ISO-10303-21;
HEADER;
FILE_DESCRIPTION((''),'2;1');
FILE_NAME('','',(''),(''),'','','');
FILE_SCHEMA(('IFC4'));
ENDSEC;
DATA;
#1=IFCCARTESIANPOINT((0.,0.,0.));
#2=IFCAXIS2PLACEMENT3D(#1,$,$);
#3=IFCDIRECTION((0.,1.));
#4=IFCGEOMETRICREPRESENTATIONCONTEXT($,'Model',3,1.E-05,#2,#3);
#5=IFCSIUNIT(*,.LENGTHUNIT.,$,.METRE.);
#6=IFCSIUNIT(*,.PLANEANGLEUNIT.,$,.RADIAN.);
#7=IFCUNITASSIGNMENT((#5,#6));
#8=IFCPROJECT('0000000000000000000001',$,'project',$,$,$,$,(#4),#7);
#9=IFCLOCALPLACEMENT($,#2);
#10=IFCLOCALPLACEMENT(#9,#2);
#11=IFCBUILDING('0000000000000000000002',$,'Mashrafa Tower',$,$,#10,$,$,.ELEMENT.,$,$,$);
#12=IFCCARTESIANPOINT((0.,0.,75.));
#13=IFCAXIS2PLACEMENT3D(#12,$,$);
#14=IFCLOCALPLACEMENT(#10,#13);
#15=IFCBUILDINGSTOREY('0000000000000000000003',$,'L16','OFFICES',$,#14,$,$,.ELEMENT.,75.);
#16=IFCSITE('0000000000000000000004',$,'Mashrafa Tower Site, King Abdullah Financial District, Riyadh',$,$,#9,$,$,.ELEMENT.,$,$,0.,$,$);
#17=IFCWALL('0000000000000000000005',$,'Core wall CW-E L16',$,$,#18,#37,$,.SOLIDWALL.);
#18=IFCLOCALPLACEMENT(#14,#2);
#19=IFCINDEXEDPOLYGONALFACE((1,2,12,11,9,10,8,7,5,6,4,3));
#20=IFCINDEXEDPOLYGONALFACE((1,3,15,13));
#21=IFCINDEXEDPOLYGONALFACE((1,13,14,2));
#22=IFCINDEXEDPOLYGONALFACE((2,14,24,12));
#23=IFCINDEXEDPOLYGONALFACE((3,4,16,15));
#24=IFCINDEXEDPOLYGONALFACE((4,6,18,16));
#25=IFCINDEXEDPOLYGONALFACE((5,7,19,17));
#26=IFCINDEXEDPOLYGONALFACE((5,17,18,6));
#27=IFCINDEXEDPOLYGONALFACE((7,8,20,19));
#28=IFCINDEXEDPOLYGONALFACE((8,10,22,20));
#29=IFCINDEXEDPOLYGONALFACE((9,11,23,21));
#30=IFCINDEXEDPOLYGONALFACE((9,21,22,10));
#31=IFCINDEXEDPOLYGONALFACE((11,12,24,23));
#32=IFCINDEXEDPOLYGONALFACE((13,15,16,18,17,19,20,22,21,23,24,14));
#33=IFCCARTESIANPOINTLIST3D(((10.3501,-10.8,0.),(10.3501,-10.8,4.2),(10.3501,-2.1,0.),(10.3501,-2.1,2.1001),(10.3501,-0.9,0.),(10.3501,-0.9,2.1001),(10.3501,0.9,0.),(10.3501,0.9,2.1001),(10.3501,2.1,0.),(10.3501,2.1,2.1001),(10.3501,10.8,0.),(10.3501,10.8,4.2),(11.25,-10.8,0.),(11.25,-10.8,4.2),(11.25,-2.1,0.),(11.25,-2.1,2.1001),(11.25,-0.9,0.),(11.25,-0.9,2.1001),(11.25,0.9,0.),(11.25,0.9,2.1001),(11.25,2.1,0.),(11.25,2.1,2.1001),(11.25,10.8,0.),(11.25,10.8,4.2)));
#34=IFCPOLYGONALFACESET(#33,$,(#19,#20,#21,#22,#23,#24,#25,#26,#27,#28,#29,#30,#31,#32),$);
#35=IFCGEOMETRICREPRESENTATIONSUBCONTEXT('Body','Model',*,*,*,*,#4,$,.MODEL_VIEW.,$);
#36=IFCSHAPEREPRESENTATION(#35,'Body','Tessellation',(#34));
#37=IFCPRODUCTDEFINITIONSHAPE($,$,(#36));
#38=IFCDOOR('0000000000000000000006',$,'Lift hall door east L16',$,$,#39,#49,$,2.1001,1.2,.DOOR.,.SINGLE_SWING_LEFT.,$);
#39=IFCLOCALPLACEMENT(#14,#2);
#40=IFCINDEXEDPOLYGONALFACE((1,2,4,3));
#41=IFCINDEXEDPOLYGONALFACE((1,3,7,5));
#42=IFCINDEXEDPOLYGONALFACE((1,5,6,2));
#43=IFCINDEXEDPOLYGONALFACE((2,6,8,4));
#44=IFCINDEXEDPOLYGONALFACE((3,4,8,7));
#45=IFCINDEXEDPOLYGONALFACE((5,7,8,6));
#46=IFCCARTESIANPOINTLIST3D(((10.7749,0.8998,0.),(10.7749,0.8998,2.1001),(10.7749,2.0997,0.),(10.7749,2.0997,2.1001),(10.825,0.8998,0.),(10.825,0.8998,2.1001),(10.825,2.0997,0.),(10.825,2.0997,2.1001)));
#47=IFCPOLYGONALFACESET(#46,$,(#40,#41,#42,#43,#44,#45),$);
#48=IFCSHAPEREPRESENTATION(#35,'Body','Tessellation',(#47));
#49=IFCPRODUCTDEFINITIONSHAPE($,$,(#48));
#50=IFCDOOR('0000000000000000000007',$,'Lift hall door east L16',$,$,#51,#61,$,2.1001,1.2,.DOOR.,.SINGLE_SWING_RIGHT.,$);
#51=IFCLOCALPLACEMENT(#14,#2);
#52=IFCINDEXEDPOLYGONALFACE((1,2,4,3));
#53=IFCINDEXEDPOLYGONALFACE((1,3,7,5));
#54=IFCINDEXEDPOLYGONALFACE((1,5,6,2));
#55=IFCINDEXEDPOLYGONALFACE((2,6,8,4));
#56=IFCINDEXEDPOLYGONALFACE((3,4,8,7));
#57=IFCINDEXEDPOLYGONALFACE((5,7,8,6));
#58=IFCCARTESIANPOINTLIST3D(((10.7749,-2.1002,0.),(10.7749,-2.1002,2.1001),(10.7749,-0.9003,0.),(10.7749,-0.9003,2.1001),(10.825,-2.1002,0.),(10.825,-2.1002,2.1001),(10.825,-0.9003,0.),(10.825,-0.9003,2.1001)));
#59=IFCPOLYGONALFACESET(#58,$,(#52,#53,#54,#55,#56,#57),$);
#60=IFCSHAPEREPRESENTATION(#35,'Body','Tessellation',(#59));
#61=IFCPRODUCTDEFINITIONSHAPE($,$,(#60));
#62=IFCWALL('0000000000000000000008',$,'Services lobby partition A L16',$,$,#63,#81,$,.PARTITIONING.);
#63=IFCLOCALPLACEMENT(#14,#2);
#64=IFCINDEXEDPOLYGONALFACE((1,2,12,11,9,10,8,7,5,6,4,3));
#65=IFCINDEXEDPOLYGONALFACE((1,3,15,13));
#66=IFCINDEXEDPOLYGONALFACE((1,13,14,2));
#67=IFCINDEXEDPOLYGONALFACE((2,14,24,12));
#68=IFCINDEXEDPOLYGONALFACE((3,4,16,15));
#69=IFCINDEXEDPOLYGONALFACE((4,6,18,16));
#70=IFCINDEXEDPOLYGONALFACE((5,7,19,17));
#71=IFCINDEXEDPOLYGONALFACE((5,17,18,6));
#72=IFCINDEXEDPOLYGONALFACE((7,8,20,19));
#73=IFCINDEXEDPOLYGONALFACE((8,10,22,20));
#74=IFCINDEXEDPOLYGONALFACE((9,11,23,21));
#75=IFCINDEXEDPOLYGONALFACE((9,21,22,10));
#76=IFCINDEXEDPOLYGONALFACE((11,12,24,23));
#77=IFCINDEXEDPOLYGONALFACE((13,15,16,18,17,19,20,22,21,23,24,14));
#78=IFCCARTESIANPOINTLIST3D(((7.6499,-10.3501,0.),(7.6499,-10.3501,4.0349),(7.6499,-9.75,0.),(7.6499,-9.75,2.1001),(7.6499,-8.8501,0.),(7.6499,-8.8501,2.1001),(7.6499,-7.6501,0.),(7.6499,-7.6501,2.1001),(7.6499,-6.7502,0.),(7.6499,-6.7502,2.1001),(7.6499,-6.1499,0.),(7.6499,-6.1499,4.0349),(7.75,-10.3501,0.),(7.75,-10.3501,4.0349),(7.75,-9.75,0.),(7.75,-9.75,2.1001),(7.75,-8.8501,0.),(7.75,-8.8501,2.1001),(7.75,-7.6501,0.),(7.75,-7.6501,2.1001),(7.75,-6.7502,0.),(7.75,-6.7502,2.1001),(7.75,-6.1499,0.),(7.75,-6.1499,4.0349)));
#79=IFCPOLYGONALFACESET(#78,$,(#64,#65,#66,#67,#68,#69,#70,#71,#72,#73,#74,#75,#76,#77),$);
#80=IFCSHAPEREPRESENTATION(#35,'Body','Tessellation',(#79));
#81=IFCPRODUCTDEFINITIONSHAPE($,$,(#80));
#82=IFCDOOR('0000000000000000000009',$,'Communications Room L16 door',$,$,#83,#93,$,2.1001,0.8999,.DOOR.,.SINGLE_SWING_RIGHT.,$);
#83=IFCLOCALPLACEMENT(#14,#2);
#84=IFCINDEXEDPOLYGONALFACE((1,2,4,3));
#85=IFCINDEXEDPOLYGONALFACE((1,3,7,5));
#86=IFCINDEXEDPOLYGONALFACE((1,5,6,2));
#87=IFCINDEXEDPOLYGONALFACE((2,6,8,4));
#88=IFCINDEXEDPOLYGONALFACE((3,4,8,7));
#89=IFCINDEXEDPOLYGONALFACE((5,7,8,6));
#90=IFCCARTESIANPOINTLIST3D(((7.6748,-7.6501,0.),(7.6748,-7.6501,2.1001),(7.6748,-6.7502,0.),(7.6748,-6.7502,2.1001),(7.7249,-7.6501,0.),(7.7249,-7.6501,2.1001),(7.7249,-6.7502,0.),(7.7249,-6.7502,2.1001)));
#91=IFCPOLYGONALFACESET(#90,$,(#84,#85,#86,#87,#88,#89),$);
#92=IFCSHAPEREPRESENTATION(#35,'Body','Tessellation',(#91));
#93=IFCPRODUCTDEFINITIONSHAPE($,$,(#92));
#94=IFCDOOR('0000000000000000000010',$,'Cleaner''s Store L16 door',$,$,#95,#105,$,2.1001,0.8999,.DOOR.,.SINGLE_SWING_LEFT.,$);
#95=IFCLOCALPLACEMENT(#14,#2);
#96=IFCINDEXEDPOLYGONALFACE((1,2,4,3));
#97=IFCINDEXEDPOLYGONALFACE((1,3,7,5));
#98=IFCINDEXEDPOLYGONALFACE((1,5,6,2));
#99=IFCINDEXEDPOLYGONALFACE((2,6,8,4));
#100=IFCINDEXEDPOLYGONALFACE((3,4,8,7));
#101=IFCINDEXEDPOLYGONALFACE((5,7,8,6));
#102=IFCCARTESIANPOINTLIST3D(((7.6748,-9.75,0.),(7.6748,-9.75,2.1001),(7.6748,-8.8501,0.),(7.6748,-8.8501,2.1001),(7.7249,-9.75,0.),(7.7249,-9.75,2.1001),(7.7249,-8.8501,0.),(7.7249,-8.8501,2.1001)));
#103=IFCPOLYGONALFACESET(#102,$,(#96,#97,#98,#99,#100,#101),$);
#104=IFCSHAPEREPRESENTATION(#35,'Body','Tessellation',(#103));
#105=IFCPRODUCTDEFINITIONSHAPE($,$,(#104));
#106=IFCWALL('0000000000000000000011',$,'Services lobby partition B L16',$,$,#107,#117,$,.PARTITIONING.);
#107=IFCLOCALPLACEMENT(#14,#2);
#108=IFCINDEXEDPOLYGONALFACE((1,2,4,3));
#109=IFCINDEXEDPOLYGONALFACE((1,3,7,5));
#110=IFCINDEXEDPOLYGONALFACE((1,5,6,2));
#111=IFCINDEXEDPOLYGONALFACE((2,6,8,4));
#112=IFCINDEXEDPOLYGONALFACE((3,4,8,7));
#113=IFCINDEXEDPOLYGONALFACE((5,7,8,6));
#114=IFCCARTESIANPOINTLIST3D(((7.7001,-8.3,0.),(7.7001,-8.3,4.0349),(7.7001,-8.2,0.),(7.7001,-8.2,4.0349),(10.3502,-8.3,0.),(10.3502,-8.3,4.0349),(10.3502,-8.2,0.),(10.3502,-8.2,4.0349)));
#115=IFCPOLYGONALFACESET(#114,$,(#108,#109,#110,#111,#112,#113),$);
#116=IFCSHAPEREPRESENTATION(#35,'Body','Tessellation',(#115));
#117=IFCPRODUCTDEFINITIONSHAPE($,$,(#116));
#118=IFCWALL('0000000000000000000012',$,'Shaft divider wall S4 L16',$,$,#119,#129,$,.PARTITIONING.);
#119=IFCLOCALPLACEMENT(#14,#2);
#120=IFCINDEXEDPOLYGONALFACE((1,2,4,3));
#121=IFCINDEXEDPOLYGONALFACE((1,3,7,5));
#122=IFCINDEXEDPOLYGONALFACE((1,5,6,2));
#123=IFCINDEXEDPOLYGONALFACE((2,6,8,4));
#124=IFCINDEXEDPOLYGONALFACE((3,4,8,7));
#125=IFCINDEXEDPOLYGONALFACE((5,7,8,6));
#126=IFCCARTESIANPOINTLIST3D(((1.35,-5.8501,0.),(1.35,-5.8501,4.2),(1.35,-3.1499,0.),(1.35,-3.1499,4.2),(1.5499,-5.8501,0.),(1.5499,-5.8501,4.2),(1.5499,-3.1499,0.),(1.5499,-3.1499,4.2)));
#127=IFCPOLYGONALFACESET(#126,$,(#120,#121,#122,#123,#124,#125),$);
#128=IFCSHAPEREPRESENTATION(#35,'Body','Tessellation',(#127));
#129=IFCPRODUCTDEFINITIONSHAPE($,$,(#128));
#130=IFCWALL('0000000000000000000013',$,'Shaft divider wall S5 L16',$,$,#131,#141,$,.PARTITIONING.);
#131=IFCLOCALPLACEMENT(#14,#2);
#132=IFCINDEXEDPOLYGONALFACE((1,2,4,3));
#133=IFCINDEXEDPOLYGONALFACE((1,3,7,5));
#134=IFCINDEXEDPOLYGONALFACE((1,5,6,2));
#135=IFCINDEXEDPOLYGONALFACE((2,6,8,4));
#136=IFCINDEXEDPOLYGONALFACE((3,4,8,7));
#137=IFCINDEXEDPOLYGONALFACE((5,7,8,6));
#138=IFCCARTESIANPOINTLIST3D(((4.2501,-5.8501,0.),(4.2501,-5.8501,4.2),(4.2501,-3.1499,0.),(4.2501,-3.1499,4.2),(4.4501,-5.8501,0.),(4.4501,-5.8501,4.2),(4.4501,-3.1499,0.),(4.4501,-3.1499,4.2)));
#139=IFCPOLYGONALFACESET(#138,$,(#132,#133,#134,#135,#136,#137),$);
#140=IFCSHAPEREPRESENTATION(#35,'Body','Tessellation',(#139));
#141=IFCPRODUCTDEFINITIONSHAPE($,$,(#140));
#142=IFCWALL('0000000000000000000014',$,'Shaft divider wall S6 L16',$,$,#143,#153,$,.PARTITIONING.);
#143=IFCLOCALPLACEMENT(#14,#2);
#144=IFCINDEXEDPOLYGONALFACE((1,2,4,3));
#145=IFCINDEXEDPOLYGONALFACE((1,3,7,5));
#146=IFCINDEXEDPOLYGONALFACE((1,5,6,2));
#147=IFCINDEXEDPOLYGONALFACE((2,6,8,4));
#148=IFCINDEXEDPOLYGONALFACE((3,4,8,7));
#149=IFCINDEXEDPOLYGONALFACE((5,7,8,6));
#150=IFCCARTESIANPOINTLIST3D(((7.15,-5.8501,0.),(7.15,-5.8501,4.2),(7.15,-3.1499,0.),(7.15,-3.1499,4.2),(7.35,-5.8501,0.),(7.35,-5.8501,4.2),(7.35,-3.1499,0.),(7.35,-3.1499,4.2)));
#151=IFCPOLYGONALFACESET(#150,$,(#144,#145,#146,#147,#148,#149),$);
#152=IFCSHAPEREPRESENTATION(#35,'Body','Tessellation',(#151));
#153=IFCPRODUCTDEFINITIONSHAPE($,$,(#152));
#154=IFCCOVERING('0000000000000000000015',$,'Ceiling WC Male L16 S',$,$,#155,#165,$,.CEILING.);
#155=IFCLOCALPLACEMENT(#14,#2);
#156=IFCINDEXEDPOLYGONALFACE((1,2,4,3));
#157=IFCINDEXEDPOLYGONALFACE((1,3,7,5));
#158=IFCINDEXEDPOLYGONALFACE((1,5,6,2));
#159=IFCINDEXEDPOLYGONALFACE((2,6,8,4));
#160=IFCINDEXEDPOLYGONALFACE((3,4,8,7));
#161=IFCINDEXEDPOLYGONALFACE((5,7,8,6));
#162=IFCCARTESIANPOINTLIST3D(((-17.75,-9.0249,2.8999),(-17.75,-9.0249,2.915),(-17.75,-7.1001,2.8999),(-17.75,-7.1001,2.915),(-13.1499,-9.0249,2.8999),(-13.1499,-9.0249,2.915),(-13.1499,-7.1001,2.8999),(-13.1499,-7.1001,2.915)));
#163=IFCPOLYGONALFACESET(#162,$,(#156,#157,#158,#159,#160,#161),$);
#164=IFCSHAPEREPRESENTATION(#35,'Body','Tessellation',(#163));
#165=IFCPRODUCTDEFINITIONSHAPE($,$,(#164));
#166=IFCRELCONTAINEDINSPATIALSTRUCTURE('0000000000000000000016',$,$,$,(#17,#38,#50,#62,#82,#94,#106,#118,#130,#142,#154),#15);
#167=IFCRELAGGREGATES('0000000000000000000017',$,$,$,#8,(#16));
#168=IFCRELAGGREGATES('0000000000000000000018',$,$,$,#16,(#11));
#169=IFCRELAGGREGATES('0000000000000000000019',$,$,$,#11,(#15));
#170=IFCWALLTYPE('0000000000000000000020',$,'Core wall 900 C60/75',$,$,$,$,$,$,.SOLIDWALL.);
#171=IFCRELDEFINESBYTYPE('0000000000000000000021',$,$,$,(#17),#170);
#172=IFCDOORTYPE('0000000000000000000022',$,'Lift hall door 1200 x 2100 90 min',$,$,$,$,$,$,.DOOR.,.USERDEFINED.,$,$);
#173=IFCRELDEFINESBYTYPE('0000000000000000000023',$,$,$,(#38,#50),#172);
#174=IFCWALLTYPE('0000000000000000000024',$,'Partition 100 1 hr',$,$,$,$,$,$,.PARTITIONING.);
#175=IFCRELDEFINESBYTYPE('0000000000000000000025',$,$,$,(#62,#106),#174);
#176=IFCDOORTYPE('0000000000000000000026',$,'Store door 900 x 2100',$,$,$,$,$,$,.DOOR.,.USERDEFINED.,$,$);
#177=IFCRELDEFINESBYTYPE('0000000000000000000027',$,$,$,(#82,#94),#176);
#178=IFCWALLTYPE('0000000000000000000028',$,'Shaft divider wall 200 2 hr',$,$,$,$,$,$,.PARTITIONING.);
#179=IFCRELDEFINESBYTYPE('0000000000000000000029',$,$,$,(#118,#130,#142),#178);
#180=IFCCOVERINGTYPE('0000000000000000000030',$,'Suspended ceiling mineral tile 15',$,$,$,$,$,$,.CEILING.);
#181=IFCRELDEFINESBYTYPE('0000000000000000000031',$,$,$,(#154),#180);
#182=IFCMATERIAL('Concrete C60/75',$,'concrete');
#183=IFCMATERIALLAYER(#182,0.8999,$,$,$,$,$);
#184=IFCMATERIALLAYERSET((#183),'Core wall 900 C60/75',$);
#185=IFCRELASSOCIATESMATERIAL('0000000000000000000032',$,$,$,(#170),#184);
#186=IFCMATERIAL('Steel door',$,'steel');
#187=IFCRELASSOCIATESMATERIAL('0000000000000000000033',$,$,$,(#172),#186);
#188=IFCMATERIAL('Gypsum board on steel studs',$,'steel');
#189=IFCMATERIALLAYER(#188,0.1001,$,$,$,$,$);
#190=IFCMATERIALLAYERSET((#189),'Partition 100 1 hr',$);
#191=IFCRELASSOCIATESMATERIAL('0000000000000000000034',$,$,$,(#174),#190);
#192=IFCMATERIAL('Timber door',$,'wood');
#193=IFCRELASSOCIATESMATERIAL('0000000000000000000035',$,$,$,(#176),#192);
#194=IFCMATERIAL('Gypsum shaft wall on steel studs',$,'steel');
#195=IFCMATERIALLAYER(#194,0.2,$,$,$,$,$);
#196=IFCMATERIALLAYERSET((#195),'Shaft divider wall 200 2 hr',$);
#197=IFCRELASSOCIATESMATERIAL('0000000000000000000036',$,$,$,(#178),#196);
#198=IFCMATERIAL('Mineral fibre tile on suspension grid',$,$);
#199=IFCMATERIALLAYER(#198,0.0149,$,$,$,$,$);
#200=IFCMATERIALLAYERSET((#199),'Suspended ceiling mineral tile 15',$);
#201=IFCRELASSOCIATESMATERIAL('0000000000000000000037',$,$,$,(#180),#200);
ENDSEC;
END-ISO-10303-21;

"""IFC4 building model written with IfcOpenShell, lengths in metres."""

from ifc_helpers import new_model, si_unit, direction, frame, frame_2d, origin, place, context, subcontext, project, spatial, polyline, rectangle, outline, extrude, material, layer, layer_set, type_object, element, fill, save


model = new_model("IFC4")

# Units and contexts
model_context = context("Model", 3, precision=1e-05, world=origin(), true_north=direction((0.0, 1.0)))
body_context = subcontext(model_context, "Body", "Model", "MODEL_VIEW")
ifc_project = project(units=[si_unit("LENGTHUNIT", "METRE"), si_unit("PLANEANGLEUNIT", "RADIAN")], contexts=[model_context])

# Site, building, storey
site_placement = place(None, origin())
site = spatial("IfcSite", under=ifc_project, at=site_placement, Name="Mashrafa Tower Site, King Abdullah Financial District, Riyadh", CompositionType="ELEMENT", RefElevation=0.0)
building_placement = place(site_placement, origin())
building = spatial("IfcBuilding", under=site, at=building_placement, Name="Mashrafa Tower", CompositionType="ELEMENT")
storey_placement = place(building_placement, frame((0.0, 0.0, 75.0)))
storey = spatial("IfcBuildingStorey", under=building, at=storey_placement, Name="L16", Description="OFFICES", CompositionType="ELEMENT", Elevation=75.0)

# Walls, openings, doors
ifc_material_1 = material(Name="Concrete C60/75", Category="concrete")
ifc_layer_1 = layer(ifc_material_1, 0.8999)
ifc_layer_set_1 = layer_set([ifc_layer_1], Name="Core wall 900 C60/75")
wall_type_1 = type_object("IfcWallType", Name="Core wall 900 C60/75", PredefinedType="SOLIDWALL", material=ifc_layer_set_1)
wall_1_placement = place(storey_placement, frame((10.8, -10.8, 0.0), z_axis=(0.0, 0.0, 1.0), x_axis=(0.0, 1.0, 0.0)))
wall_1 = element("IfcWall", 1, at=wall_1_placement, inside=storey, type_object=wall_type_1, Name="Core wall CW-E L16", PredefinedType="SOLIDWALL", context=body_context, shape_type="SweptSolid", body=[
    extrude(rectangle(XDim=21.6001, YDim=0.8999, at=frame_2d((10.8, 0.0))), origin(), (0.0, 0.0, 1.0), 4.2),
])
opening_1_placement = place(wall_1_placement, frame((11.7, 0.0, 0.0)))
opening_1 = element("IfcOpeningElement", 2, at=opening_1_placement, cuts=wall_1, PredefinedType="OPENING", context=body_context, shape_type="SweptSolid", body=[
    extrude(rectangle(XDim=1.2, YDim=2.1001, at=frame_2d((0.6001, 1.05))), frame((0.0, 0.46, 0.0), z_axis=(0.0, -1.0, 0.0), x_axis=(1.0, 0.0, 0.0)), (0.0, 0.0, 1.0), 0.9199),
])
opening_2_placement = place(wall_1_placement, frame((8.7, 0.0, 0.0)))
opening_2 = element("IfcOpeningElement", 3, at=opening_2_placement, cuts=wall_1, PredefinedType="OPENING", context=body_context, shape_type="SweptSolid", body=[
    extrude(rectangle(XDim=1.2, YDim=2.1001, at=frame_2d((0.6001, 1.05))), frame((0.0, 0.46, 0.0), z_axis=(0.0, -1.0, 0.0), x_axis=(1.0, 0.0, 0.0)), (0.0, 0.0, 1.0), 0.9199),
])
ifc_material_2 = material(Name="Steel door", Category="steel")
door_type_1 = type_object("IfcDoorType", Name="Lift hall door 1200 x 2100 90 min", OperationType="USERDEFINED", PredefinedType="DOOR", material=ifc_material_2)
door_1_placement = place(opening_1_placement, frame((1.2, 0.0, 0.0), z_axis=(0.0, 0.0, 1.0), x_axis=(-1.0, 0.0, 0.0)))
door_1 = element("IfcDoor", 4, at=door_1_placement, inside=storey, type_object=door_type_1, Name="Lift hall door east L16", OperationType="SINGLE_SWING_LEFT", OverallHeight=2.1001, OverallWidth=1.2, PredefinedType="DOOR", context=body_context, shape_type="SweptSolid", body=[
    extrude(rectangle(XDim=1.2, YDim=2.1001, at=frame_2d((0.6001, 1.05))), frame((0.0, 0.0249, 0.0), z_axis=(0.0, -1.0, 0.0), x_axis=(1.0, 0.0, 0.0)), (0.0, 0.0, 1.0), 0.05),
])
fill(opening_1, door_1)
door_2_placement = place(opening_2_placement, frame((1.2, 0.0, 0.0), z_axis=(0.0, 0.0, 1.0), x_axis=(-1.0, 0.0, 0.0)))
door_2 = element("IfcDoor", 5, at=door_2_placement, inside=storey, type_object=door_type_1, Name="Lift hall door east L16", OperationType="SINGLE_SWING_RIGHT", OverallHeight=2.1001, OverallWidth=1.2, PredefinedType="DOOR", context=body_context, shape_type="SweptSolid", body=[
    extrude(rectangle(XDim=1.2, YDim=2.1001, at=frame_2d((0.6001, 1.05))), frame((0.0, 0.0249, 0.0), z_axis=(0.0, -1.0, 0.0), x_axis=(1.0, 0.0, 0.0)), (0.0, 0.0, 1.0), 0.05),
])
fill(opening_2, door_2)
ifc_material_3 = material(Name="Gypsum board on steel studs", Category="steel")
ifc_layer_2 = layer(ifc_material_3, 0.1001)
ifc_layer_set_2 = layer_set([ifc_layer_2], Name="Partition 100 1 hr")
wall_type_2 = type_object("IfcWallType", Name="Partition 100 1 hr", PredefinedType="PARTITIONING", material=ifc_layer_set_2)
wall_2_placement = place(storey_placement, frame((7.7, -10.3501, 0.0), z_axis=(0.0, 0.0, 1.0), x_axis=(0.0, 1.0, 0.0)))
wall_2 = element("IfcWall", 6, at=wall_2_placement, inside=storey, type_object=wall_type_2, Name="Services lobby partition A L16", PredefinedType="PARTITIONING", context=body_context, shape_type="SweptSolid", body=[
    extrude(rectangle(XDim=4.2002, YDim=0.1001, at=frame_2d((2.1001, 0.0))), origin(), (0.0, 0.0, 1.0), 4.0349),
])
opening_3_placement = place(wall_2_placement, frame((2.7, 0.0, 0.0)))
opening_3 = element("IfcOpeningElement", 7, at=opening_3_placement, cuts=wall_2, PredefinedType="OPENING", context=body_context, shape_type="SweptSolid", body=[
    extrude(rectangle(XDim=0.8999, YDim=2.1001, at=frame_2d((0.45, 1.05))), frame((0.0, 0.0601, 0.0), z_axis=(0.0, -1.0, 0.0), x_axis=(1.0, 0.0, 0.0)), (0.0, 0.0, 1.0), 0.1201),
])
opening_4_placement = place(wall_2_placement, frame((0.6001, 0.0, 0.0)))
opening_4 = element("IfcOpeningElement", 8, at=opening_4_placement, cuts=wall_2, PredefinedType="OPENING", context=body_context, shape_type="SweptSolid", body=[
    extrude(rectangle(XDim=0.8999, YDim=2.1001, at=frame_2d((0.45, 1.05))), frame((0.0, 0.0601, 0.0), z_axis=(0.0, -1.0, 0.0), x_axis=(1.0, 0.0, 0.0)), (0.0, 0.0, 1.0), 0.1201),
])
ifc_material_4 = material(Name="Timber door", Category="wood")
door_type_2 = type_object("IfcDoorType", Name="Store door 900 x 2100", OperationType="USERDEFINED", PredefinedType="DOOR", material=ifc_material_4)
door_3_placement = place(opening_3_placement, frame((0.8999, 0.0, 0.0), z_axis=(0.0, 0.0, 1.0), x_axis=(-1.0, 0.0, 0.0)))
door_3 = element("IfcDoor", 9, at=door_3_placement, inside=storey, type_object=door_type_2, Name="Communications Room L16 door", OperationType="SINGLE_SWING_RIGHT", OverallHeight=2.1001, OverallWidth=0.8999, PredefinedType="DOOR", context=body_context, shape_type="SweptSolid", body=[
    extrude(rectangle(XDim=0.8999, YDim=2.1001, at=frame_2d((0.45, 1.05))), frame((0.0, 0.0249, 0.0), z_axis=(0.0, -1.0, 0.0), x_axis=(1.0, 0.0, 0.0)), (0.0, 0.0, 1.0), 0.05),
])
fill(opening_3, door_3)
door_4_placement = place(opening_4_placement, frame((0.8999, 0.0, 0.0), z_axis=(0.0, 0.0, 1.0), x_axis=(-1.0, 0.0, 0.0)))
door_4 = element("IfcDoor", 10, at=door_4_placement, inside=storey, type_object=door_type_2, Name="Cleaner's Store L16 door", OperationType="SINGLE_SWING_LEFT", OverallHeight=2.1001, OverallWidth=0.8999, PredefinedType="DOOR", context=body_context, shape_type="SweptSolid", body=[
    extrude(rectangle(XDim=0.8999, YDim=2.1001, at=frame_2d((0.45, 1.05))), frame((0.0, 0.0249, 0.0), z_axis=(0.0, -1.0, 0.0), x_axis=(1.0, 0.0, 0.0)), (0.0, 0.0, 1.0), 0.05),
])
fill(opening_4, door_4)

# Walls
wall_3_placement = place(storey_placement, frame((7.7, -8.25, 0.0), z_axis=(0.0, 0.0, 1.0), x_axis=(1.0, 0.0, 0.0)))
element("IfcWall", 11, at=wall_3_placement, inside=storey, type_object=wall_type_2, Name="Services lobby partition B L16", PredefinedType="PARTITIONING", context=body_context, shape_type="SweptSolid", body=[
    extrude(rectangle(XDim=2.6501, YDim=0.1001, at=frame_2d((1.3252, 0.0))), origin(), (0.0, 0.0, 1.0), 4.0349),
])
ifc_material_5 = material(Name="Gypsum shaft wall on steel studs", Category="steel")
ifc_layer_3 = layer(ifc_material_5, 0.2)
ifc_layer_set_3 = layer_set([ifc_layer_3], Name="Shaft divider wall 200 2 hr")
wall_type_3 = type_object("IfcWallType", Name="Shaft divider wall 200 2 hr", PredefinedType="PARTITIONING", material=ifc_layer_set_3)
for number, where, z_axis, x_axis, name in (
    (12, (1.45, -5.8501, 0.0), (0.0, 0.0, 1.0), (0.0, 1.0, 0.0), "Shaft divider wall S4 L16"),
    (13, (4.3501, -5.8501, 0.0), (0.0, 0.0, 1.0), (0.0, 1.0, 0.0), "Shaft divider wall S5 L16"),
    (14, (7.25, -5.8501, 0.0), (0.0, 0.0, 1.0), (0.0, 1.0, 0.0), "Shaft divider wall S6 L16"),
):
    element("IfcWall", number, at=place(storey_placement, frame(where, z_axis=z_axis, x_axis=x_axis)), inside=storey, type_object=wall_type_3, Name=name, PredefinedType="PARTITIONING", context=body_context, shape_type="SweptSolid", body=[
        extrude(rectangle(XDim=2.7002, YDim=0.2, at=frame_2d((1.3501, 0.0))), origin(), (0.0, 0.0, 1.0), 4.2),
    ])

# Covering
ifc_material_6 = material(Name="Mineral fibre tile on suspension grid")
ifc_layer_4 = layer(ifc_material_6, 0.0149)
ifc_layer_set_4 = layer_set([ifc_layer_4], Name="Suspended ceiling mineral tile 15")
covering_type = type_object("IfcCoveringType", Name="Suspended ceiling mineral tile 15", PredefinedType="CEILING", material=ifc_layer_set_4)
covering_1_placement = place(storey_placement, frame((0.0, 0.0, 2.8999)))
element("IfcCovering", 15, at=covering_1_placement, inside=storey, type_object=covering_type, Name="Ceiling WC Male L16 S", PredefinedType="CEILING", context=body_context, shape_type="SweptSolid", body=[
    extrude(outline(polyline([(-17.75, -9.0249), (-17.75, -7.1001), (-13.1499, -7.1001), (-13.1499, -9.0249), (-17.75, -9.0249)])), origin(), (0.0, 0.0, 1.0), 0.0151),
])

save(model, "model.ifc")
